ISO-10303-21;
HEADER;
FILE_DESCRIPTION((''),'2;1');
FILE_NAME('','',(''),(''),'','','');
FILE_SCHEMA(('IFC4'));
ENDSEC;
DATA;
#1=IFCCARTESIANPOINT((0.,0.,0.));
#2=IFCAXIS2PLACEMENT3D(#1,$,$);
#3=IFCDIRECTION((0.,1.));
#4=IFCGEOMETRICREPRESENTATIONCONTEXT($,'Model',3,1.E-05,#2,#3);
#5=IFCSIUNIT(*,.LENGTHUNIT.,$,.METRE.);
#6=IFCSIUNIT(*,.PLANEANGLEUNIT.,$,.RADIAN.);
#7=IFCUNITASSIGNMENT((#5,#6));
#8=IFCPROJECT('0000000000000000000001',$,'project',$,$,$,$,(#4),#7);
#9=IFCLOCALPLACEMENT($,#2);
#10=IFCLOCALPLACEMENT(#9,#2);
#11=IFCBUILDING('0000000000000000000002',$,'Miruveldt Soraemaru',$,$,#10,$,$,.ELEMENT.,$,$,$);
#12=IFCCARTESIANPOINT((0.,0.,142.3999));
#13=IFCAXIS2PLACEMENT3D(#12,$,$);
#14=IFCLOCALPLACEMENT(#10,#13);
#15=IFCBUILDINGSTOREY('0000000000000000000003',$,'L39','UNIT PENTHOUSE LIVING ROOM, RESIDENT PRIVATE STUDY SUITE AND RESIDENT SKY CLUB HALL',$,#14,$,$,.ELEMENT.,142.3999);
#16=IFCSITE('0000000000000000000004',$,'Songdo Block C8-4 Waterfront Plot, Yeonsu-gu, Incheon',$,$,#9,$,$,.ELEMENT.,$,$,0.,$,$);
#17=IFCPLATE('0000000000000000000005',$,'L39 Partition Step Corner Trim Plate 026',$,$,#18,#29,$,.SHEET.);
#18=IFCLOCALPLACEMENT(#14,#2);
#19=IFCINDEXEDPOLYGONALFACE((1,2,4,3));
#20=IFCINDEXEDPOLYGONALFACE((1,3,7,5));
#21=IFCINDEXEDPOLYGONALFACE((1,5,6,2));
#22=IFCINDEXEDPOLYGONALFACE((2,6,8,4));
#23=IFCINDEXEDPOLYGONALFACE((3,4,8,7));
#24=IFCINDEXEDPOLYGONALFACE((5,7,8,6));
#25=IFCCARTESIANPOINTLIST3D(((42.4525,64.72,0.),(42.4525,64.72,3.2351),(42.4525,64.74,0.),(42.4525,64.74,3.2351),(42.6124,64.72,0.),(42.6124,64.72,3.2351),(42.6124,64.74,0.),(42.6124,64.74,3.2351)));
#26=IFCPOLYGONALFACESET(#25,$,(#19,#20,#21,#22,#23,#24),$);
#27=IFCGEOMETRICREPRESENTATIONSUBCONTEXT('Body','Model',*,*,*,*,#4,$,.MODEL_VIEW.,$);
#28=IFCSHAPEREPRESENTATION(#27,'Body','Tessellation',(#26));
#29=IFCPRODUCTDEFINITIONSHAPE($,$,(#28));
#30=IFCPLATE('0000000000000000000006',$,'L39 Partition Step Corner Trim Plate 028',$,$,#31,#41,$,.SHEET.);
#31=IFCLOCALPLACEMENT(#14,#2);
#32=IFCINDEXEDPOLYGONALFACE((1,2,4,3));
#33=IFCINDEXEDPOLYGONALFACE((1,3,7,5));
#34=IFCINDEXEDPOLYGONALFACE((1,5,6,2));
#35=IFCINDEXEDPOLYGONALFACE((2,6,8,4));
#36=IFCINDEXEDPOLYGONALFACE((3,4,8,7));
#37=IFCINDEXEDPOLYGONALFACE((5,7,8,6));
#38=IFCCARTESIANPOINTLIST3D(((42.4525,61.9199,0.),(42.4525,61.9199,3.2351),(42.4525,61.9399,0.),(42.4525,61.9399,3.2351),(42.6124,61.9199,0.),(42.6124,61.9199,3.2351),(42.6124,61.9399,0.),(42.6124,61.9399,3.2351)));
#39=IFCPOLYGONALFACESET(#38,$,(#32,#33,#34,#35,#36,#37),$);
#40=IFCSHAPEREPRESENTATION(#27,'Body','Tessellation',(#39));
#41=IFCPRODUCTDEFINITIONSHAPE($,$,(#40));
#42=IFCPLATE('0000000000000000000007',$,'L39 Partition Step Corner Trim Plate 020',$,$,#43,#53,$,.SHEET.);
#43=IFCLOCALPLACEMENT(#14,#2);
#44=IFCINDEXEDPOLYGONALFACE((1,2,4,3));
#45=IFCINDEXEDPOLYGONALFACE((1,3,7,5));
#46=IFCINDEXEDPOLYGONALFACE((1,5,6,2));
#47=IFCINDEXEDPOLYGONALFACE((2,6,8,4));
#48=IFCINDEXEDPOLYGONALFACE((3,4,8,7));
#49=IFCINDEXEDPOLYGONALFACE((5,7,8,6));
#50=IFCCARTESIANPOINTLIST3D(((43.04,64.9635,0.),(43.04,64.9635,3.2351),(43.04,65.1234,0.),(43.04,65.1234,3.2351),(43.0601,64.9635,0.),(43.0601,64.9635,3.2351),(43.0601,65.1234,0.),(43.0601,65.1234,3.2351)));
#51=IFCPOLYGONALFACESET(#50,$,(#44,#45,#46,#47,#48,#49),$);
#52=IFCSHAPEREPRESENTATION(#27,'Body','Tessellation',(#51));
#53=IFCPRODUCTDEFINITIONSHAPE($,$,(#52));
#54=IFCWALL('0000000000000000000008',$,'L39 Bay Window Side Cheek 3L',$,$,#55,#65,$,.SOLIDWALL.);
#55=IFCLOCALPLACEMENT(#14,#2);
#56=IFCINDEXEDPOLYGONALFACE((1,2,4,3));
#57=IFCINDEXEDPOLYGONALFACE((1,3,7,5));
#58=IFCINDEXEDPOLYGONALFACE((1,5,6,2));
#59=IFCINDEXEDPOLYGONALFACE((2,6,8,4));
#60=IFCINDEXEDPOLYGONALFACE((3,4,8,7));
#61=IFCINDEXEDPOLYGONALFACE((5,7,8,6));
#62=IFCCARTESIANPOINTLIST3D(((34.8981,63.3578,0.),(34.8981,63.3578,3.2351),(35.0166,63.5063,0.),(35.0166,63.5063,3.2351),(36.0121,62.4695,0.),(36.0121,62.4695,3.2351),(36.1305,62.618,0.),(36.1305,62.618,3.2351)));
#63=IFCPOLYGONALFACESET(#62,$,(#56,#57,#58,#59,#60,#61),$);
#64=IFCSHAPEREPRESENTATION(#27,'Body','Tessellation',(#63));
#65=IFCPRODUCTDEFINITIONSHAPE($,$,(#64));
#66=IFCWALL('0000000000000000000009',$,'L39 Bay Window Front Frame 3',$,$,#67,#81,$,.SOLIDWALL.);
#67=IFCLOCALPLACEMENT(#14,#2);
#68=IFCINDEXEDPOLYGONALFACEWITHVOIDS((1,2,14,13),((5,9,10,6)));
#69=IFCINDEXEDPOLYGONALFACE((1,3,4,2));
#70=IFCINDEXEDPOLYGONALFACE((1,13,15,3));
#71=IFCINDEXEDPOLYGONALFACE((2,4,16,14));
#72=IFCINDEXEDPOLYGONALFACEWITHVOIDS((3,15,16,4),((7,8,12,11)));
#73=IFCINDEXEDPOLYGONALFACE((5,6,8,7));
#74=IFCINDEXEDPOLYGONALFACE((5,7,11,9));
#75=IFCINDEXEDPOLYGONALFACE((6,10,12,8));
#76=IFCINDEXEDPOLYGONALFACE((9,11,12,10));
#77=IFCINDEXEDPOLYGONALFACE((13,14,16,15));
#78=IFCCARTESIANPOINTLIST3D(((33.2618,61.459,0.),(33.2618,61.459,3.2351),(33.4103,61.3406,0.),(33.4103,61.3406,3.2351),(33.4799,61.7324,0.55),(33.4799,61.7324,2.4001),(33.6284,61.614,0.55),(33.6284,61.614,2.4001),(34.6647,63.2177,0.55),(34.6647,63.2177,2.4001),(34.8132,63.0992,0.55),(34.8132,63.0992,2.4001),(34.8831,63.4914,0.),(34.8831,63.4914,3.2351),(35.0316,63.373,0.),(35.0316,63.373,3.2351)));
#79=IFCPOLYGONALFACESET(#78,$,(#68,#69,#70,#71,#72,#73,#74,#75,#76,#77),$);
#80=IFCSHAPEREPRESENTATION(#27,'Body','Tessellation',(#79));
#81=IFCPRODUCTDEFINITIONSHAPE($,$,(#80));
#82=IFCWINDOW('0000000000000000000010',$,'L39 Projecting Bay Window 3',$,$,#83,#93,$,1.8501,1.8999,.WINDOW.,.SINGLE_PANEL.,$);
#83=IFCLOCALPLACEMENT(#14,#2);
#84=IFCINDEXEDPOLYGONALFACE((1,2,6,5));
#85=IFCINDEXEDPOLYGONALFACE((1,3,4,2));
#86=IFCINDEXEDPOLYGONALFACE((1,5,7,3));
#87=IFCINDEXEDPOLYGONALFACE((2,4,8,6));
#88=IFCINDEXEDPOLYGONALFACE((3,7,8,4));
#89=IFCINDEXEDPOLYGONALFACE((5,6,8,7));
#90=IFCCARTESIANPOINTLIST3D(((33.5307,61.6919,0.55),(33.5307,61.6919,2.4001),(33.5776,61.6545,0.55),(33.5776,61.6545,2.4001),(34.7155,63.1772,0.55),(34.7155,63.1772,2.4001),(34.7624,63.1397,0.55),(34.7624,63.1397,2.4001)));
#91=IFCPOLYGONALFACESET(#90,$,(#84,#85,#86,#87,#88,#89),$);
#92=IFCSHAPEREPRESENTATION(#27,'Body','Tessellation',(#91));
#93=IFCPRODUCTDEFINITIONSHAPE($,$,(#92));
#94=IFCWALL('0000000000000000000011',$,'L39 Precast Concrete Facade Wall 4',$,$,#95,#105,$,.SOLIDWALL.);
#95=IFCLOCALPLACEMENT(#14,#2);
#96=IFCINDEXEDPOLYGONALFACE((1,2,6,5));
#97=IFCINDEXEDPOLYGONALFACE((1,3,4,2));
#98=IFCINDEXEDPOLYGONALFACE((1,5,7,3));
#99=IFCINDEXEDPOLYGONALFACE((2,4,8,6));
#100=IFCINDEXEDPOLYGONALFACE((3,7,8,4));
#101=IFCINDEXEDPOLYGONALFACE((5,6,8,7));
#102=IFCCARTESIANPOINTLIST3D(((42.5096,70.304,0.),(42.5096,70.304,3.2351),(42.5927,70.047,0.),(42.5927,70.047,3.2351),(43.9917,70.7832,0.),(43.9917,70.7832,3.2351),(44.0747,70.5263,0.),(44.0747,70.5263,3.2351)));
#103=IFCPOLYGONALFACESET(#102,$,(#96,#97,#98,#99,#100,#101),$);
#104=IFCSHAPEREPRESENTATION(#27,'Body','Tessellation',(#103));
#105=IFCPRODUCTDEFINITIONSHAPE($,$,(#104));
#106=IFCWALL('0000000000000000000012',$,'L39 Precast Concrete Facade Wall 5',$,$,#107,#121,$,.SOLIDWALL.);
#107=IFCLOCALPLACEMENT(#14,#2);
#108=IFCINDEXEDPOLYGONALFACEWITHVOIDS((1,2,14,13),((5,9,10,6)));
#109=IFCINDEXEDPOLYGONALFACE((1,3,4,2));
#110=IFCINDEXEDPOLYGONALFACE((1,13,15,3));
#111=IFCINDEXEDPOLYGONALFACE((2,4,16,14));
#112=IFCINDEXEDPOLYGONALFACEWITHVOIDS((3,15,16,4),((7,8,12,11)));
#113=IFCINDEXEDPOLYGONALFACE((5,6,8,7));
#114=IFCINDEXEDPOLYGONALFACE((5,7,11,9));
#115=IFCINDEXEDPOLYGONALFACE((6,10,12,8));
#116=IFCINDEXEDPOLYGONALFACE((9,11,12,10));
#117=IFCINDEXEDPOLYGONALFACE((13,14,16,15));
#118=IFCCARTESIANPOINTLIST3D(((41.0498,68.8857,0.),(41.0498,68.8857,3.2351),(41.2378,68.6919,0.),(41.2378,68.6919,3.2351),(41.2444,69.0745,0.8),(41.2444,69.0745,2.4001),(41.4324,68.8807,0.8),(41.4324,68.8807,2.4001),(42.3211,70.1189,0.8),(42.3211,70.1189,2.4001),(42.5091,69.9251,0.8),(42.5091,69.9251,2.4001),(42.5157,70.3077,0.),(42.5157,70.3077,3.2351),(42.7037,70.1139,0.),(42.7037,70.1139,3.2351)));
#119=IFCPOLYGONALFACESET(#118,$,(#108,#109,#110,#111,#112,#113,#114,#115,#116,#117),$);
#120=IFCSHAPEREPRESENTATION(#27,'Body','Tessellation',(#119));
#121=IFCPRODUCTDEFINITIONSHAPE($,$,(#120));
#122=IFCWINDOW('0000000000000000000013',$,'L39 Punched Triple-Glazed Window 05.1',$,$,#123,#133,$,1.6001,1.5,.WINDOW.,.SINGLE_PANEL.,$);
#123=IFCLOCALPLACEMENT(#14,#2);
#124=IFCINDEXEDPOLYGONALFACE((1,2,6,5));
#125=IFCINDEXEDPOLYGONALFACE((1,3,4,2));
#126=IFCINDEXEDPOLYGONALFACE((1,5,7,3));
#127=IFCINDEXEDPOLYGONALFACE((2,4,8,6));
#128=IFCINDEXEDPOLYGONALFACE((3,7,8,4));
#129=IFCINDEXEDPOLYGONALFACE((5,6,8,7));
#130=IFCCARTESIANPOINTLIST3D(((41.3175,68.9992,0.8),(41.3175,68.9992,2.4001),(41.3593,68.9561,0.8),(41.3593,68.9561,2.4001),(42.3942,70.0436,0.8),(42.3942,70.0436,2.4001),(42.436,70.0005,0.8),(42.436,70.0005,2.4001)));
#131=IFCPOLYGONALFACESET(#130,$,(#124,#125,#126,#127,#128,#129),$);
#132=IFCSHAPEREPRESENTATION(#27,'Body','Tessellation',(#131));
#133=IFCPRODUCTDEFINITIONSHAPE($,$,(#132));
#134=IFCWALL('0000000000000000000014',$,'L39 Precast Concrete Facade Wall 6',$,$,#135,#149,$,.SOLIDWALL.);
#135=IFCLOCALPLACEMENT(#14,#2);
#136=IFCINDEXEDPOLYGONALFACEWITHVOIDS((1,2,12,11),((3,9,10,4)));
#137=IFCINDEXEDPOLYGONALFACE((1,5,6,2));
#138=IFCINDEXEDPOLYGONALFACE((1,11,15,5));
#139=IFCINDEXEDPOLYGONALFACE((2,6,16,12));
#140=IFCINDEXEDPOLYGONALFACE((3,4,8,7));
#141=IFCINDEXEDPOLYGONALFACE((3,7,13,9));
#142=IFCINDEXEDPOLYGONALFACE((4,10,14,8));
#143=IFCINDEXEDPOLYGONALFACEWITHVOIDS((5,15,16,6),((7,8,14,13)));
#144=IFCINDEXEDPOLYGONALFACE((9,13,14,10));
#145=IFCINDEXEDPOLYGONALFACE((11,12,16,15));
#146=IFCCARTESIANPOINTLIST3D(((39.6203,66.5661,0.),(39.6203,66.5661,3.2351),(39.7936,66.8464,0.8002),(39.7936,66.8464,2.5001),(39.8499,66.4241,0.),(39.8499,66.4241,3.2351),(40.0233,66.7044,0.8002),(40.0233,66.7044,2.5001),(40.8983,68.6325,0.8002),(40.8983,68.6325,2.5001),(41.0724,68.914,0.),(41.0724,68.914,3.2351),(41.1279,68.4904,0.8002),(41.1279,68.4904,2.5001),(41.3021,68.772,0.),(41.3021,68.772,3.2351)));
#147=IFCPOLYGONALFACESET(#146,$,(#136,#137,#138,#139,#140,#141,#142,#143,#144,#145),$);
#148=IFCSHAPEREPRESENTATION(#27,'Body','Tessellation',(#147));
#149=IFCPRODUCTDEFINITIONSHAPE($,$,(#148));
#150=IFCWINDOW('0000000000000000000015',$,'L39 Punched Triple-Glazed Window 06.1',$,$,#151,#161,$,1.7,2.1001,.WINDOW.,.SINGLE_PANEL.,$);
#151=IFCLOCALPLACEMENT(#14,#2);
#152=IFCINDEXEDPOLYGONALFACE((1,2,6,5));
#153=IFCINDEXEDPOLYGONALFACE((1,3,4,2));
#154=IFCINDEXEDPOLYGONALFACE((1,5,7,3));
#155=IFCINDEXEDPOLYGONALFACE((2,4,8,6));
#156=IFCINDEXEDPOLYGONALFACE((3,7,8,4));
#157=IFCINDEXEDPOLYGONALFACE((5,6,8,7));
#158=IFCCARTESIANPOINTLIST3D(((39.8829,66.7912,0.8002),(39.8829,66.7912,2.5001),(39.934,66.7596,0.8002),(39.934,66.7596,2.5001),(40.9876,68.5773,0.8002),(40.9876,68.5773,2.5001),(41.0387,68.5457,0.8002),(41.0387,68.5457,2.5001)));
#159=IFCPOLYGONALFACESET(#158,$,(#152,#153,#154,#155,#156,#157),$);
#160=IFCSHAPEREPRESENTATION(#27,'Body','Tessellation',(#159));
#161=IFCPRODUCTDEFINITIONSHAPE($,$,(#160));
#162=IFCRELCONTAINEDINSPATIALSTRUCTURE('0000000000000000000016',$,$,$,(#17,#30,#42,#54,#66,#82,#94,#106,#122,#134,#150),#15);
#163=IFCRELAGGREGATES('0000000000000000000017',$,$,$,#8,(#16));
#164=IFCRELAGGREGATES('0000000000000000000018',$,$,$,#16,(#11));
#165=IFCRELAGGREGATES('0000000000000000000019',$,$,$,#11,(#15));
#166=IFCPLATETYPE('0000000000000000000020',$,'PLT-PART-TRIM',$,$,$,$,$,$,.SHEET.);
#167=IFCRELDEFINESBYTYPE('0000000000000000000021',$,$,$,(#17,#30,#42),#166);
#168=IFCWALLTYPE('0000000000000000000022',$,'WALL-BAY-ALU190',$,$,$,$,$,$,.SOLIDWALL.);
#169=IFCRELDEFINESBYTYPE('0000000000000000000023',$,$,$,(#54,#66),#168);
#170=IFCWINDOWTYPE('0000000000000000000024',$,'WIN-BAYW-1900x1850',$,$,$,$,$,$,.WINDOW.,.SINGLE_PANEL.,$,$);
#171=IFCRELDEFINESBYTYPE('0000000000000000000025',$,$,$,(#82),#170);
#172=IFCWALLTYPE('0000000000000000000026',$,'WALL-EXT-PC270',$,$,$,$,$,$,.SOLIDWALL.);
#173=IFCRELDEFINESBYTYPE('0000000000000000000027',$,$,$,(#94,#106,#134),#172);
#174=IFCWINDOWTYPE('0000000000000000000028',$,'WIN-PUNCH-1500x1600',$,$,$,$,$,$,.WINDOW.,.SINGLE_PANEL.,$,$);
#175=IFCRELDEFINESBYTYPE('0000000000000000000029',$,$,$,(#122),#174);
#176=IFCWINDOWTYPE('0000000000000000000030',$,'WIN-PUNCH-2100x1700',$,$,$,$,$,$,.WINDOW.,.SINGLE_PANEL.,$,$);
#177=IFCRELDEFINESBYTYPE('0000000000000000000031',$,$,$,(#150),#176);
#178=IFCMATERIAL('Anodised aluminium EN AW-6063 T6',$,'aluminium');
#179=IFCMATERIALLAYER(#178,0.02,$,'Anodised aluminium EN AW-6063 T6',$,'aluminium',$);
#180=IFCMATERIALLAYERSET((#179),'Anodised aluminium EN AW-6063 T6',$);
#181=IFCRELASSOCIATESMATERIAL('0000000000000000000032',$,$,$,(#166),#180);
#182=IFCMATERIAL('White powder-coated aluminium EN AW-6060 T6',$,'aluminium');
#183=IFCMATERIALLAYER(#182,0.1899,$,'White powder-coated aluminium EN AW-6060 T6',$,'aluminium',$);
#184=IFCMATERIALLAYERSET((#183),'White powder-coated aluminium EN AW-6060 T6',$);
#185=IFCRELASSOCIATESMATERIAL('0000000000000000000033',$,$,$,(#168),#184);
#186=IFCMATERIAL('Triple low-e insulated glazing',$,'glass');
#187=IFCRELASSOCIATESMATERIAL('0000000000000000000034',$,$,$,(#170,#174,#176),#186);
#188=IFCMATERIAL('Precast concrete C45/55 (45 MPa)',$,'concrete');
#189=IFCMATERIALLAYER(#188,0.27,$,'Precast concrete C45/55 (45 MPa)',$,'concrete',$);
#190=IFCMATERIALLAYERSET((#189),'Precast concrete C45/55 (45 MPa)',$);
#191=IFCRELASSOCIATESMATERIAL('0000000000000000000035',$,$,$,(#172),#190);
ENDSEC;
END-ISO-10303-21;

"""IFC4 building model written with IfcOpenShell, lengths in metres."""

from ifc_helpers import new_model, si_unit, direction, frame, frame_2d, origin, origin_2d, place, context, subcontext, project, spatial, rectangle, extrude, material, layer, layer_set, type_object, element, fill, save


model = new_model("IFC4")

# Units and contexts
model_context = context("Model", 3, precision=1e-05, world=origin(), true_north=direction((0.0, 1.0)))
body_context = subcontext(model_context, "Body", "Model", "MODEL_VIEW")
ifc_project = project(units=[si_unit("LENGTHUNIT", "METRE"), si_unit("PLANEANGLEUNIT", "RADIAN")], contexts=[model_context])

# Site, building, storey
site_placement = place(None, origin())
site = spatial("IfcSite", under=ifc_project, at=site_placement, Name="Songdo Block C8-4 Waterfront Plot, Yeonsu-gu, Incheon", CompositionType="ELEMENT", RefElevation=0.0)
building_placement = place(site_placement, origin())
building = spatial("IfcBuilding", under=site, at=building_placement, Name="Miruveldt Soraemaru", CompositionType="ELEMENT")
storey_placement = place(building_placement, frame((0.0, 0.0, 142.3999)))
storey = spatial("IfcBuildingStorey", under=building, at=storey_placement, Name="L39", Description="UNIT PENTHOUSE LIVING ROOM, RESIDENT PRIVATE STUDY SUITE AND RESIDENT SKY CLUB HALL", CompositionType="ELEMENT", Elevation=142.3999)

# Plates
ifc_material_1 = material(Name="Anodised aluminium EN AW-6063 T6", Category="aluminium")
ifc_layer_1 = layer(ifc_material_1, 0.02, Name="Anodised aluminium EN AW-6063 T6", Category="aluminium")
ifc_layer_set_1 = layer_set([ifc_layer_1], Name="Anodised aluminium EN AW-6063 T6")
plate_type = type_object("IfcPlateType", Name="PLT-PART-TRIM", PredefinedType="SHEET", material=ifc_layer_set_1)
for number, where, z_axis, x_axis, name in (
    (1, (42.5325, 64.73, 0.0), (0.0, 0.0, 1.0), (-1.0, 0.0, 0.0), "L39 Partition Step Corner Trim Plate 026"),
    (2, (42.5325, 61.9299, 0.0), (0.0, 0.0, 1.0), (1.0, 0.0, 0.0), "L39 Partition Step Corner Trim Plate 028"),
    (3, (43.05, 65.0435, 0.0), (0.0, 0.0, 1.0), (0.0, -1.0, 0.0), "L39 Partition Step Corner Trim Plate 020"),
):
    element("IfcPlate", number, at=place(storey_placement, frame(where, z_axis=z_axis, x_axis=x_axis)), inside=storey, type_object=plate_type, Name=name, PredefinedType="SHEET", context=body_context, shape_type="SweptSolid", body=[
        extrude(rectangle(XDim=0.1599, YDim=0.02, at=origin_2d()), origin(), (0.0, 0.0, 1.0), 3.2351),
    ])

# Wall
ifc_material_2 = material(Name="White powder-coated aluminium EN AW-6060 T6", Category="aluminium")
ifc_layer_2 = layer(ifc_material_2, 0.1899, Name="White powder-coated aluminium EN AW-6060 T6", Category="aluminium")
ifc_layer_set_2 = layer_set([ifc_layer_2], Name="White powder-coated aluminium EN AW-6060 T6")
wall_type_1 = type_object("IfcWallType", Name="WALL-BAY-ALU190", PredefinedType="SOLIDWALL", material=ifc_layer_set_2)
wall_1_placement = place(storey_placement, frame((36.0713, 62.5437, 0.0), z_axis=(0.0, 0.0, 1.0), x_axis=(-0.781821, 0.623503, 0.0)))
element("IfcWall", 4, at=wall_1_placement, inside=storey, type_object=wall_type_1, Name="L39 Bay Window Side Cheek 3L", PredefinedType="SOLIDWALL", context=body_context, shape_type="SweptSolid", body=[
    extrude(rectangle(XDim=1.4248, YDim=0.1899, at=frame_2d((0.7124, 0.0))), origin(), (0.0, 0.0, 1.0), 3.2351),
])

# Wall, opening, window
wall_2_placement = place(storey_placement, frame((34.9573, 63.4321, 0.0), z_axis=(0.0, 0.0, 1.0), x_axis=(-0.623607, -0.781738, 0.0)))
wall_2 = element("IfcWall", 5, at=wall_2_placement, inside=storey, type_object=wall_type_1, Name="L39 Bay Window Front Frame 3", PredefinedType="SOLIDWALL", context=body_context, shape_type="SweptSolid", body=[
    extrude(rectangle(XDim=2.5999, YDim=0.1899, at=frame_2d((1.2998, 0.0))), origin(), (0.0, 0.0, 1.0), 3.2351),
])
opening_1_placement = place(wall_2_placement, frame((0.3501, 0.0, 0.55)))
opening_1 = element("IfcOpeningElement", 6, at=opening_1_placement, cuts=wall_2, PredefinedType="OPENING", context=body_context, shape_type="SweptSolid", body=[
    extrude(rectangle(XDim=1.8999, YDim=1.8501, at=frame_2d((0.95, 0.925))), frame((0.0, 0.105, 0.0), z_axis=(0.0, -1.0, 0.0), x_axis=(1.0, 0.0, 0.0)), (0.0, 0.0, 1.0), 0.21),
])
ifc_material_3 = material(Name="Triple low-e insulated glazing", Category="glass")
window_type_1 = type_object("IfcWindowType", Name="WIN-BAYW-1900x1850", PartitioningType="SINGLE_PANEL", PredefinedType="WINDOW", material=ifc_material_3)
window_1_placement = place(opening_1_placement, origin())
window_1 = element("IfcWindow", 7, at=window_1_placement, inside=storey, type_object=window_type_1, Name="L39 Projecting Bay Window 3", OverallHeight=1.8501, OverallWidth=1.8999, PartitioningType="SINGLE_PANEL", PredefinedType="WINDOW", context=body_context, shape_type="SweptSolid", body=[
    extrude(rectangle(XDim=1.8999, YDim=1.8501, at=frame_2d((0.95, 0.925))), frame((0.0, 0.03, 0.0), z_axis=(0.0, -1.0, 0.0), x_axis=(1.0, 0.0, 0.0)), (0.0, 0.0, 1.0), 0.0601),
])
fill(opening_1, window_1)

# Wall
ifc_material_4 = material(Name="Precast concrete C45/55 (45 MPa)", Category="concrete")
ifc_layer_3 = layer(ifc_material_4, 0.27, Name="Precast concrete C45/55 (45 MPa)", Category="concrete")
ifc_layer_set_3 = layer_set([ifc_layer_3], Name="Precast concrete C45/55 (45 MPa)")
wall_type_2 = type_object("IfcWallType", Name="WALL-EXT-PC270", PredefinedType="SOLIDWALL", material=ifc_layer_set_3)
wall_3_placement = place(storey_placement, frame((44.0332, 70.6548, 0.0), z_axis=(0.0, 0.0, 1.0), x_axis=(-0.951482, -0.307703, 0.0)))
element("IfcWall", 8, at=wall_3_placement, inside=storey, type_object=wall_type_2, Name="L39 Precast Concrete Facade Wall 4", PredefinedType="SOLIDWALL", context=body_context, shape_type="SweptSolid", body=[
    extrude(rectangle(XDim=1.5576, YDim=0.27, at=frame_2d((0.7788, 0.0))), origin(), (0.0, 0.0, 1.0), 3.2351),
])

# Walls, openings, windows
wall_4_placement = place(storey_placement, frame((42.6096, 70.2107, 0.0), z_axis=(0.0, 0.0, 1.0), x_axis=(-0.717785, -0.696265, 0.0)))
wall_4 = element("IfcWall", 9, at=wall_4_placement, inside=storey, type_object=wall_type_2, Name="L39 Precast Concrete Facade Wall 5", PredefinedType="SOLIDWALL", context=body_context, shape_type="SweptSolid", body=[
    extrude(rectangle(XDim=2.0422, YDim=0.27, at=frame_2d((1.021, 0.0))), origin(), (0.0, 0.0, 1.0), 3.2351),
])
opening_2_placement = place(wall_4_placement, frame((0.271, 0.0, 0.8)))
opening_2 = element("IfcOpeningElement", 10, at=opening_2_placement, cuts=wall_4, PredefinedType="OPENING", context=body_context, shape_type="SweptSolid", body=[
    extrude(rectangle(XDim=1.5, YDim=1.6001, at=frame_2d((0.75, 0.8))), frame((0.0, 0.145, 0.0), z_axis=(0.0, -1.0, 0.0), x_axis=(1.0, 0.0, 0.0)), (0.0, 0.0, 1.0), 0.29),
])
window_type_2 = type_object("IfcWindowType", Name="WIN-PUNCH-1500x1600", PartitioningType="SINGLE_PANEL", PredefinedType="WINDOW", material=ifc_material_3)
window_2_placement = place(opening_2_placement, origin())
window_2 = element("IfcWindow", 11, at=window_2_placement, inside=storey, type_object=window_type_2, Name="L39 Punched Triple-Glazed Window 05.1", OverallHeight=1.6001, OverallWidth=1.5, PartitioningType="SINGLE_PANEL", PredefinedType="WINDOW", context=body_context, shape_type="SweptSolid", body=[
    extrude(rectangle(XDim=1.5, YDim=1.6001, at=frame_2d((0.75, 0.8))), frame((0.0, 0.03, 0.0), z_axis=(0.0, -1.0, 0.0), x_axis=(1.0, 0.0, 0.0)), (0.0, 0.0, 1.0), 0.0601),
])
fill(opening_2, window_2)
wall_5_placement = place(storey_placement, frame((41.1873, 68.843, 0.0), z_axis=(0.0, 0.0, 1.0), x_axis=(-0.526011, -0.850478, 0.0)))
wall_5 = element("IfcWall", 12, at=wall_5_placement, inside=storey, type_object=wall_type_2, Name="L39 Precast Concrete Facade Wall 6", PredefinedType="SOLIDWALL", context=body_context, shape_type="SweptSolid", body=[
    extrude(rectangle(XDim=2.7607, YDim=0.27, at=frame_2d((1.3804, 0.0))), origin(), (0.0, 0.0, 1.0), 3.2351),
])
opening_3_placement = place(wall_5_placement, frame((0.3311, 0.0, 0.8)))
opening_3 = element("IfcOpeningElement", 13, at=opening_3_placement, cuts=wall_5, PredefinedType="OPENING", context=body_context, shape_type="SweptSolid", body=[
    extrude(rectangle(XDim=2.1001, YDim=1.7, at=frame_2d((1.05, 0.8501))), frame((0.0, 0.145, 0.0), z_axis=(0.0, -1.0, 0.0), x_axis=(1.0, 0.0, 0.0)), (0.0, 0.0, 1.0), 0.29),
])
window_type_3 = type_object("IfcWindowType", Name="WIN-PUNCH-2100x1700", PartitioningType="SINGLE_PANEL", PredefinedType="WINDOW", material=ifc_material_3)
window_3_placement = place(opening_3_placement, origin())
window_3 = element("IfcWindow", 14, at=window_3_placement, inside=storey, type_object=window_type_3, Name="L39 Punched Triple-Glazed Window 06.1", OverallHeight=1.7, OverallWidth=2.1001, PartitioningType="SINGLE_PANEL", PredefinedType="WINDOW", context=body_context, shape_type="SweptSolid", body=[
    extrude(rectangle(XDim=2.1001, YDim=1.7, at=frame_2d((1.05, 0.8501))), frame((0.0, 0.03, 0.0), z_axis=(0.0, -1.0, 0.0), x_axis=(1.0, 0.0, 0.0)), (0.0, 0.0, 1.0), 0.0601),
])
fill(opening_3, window_3)

save(model, "model.ifc")
